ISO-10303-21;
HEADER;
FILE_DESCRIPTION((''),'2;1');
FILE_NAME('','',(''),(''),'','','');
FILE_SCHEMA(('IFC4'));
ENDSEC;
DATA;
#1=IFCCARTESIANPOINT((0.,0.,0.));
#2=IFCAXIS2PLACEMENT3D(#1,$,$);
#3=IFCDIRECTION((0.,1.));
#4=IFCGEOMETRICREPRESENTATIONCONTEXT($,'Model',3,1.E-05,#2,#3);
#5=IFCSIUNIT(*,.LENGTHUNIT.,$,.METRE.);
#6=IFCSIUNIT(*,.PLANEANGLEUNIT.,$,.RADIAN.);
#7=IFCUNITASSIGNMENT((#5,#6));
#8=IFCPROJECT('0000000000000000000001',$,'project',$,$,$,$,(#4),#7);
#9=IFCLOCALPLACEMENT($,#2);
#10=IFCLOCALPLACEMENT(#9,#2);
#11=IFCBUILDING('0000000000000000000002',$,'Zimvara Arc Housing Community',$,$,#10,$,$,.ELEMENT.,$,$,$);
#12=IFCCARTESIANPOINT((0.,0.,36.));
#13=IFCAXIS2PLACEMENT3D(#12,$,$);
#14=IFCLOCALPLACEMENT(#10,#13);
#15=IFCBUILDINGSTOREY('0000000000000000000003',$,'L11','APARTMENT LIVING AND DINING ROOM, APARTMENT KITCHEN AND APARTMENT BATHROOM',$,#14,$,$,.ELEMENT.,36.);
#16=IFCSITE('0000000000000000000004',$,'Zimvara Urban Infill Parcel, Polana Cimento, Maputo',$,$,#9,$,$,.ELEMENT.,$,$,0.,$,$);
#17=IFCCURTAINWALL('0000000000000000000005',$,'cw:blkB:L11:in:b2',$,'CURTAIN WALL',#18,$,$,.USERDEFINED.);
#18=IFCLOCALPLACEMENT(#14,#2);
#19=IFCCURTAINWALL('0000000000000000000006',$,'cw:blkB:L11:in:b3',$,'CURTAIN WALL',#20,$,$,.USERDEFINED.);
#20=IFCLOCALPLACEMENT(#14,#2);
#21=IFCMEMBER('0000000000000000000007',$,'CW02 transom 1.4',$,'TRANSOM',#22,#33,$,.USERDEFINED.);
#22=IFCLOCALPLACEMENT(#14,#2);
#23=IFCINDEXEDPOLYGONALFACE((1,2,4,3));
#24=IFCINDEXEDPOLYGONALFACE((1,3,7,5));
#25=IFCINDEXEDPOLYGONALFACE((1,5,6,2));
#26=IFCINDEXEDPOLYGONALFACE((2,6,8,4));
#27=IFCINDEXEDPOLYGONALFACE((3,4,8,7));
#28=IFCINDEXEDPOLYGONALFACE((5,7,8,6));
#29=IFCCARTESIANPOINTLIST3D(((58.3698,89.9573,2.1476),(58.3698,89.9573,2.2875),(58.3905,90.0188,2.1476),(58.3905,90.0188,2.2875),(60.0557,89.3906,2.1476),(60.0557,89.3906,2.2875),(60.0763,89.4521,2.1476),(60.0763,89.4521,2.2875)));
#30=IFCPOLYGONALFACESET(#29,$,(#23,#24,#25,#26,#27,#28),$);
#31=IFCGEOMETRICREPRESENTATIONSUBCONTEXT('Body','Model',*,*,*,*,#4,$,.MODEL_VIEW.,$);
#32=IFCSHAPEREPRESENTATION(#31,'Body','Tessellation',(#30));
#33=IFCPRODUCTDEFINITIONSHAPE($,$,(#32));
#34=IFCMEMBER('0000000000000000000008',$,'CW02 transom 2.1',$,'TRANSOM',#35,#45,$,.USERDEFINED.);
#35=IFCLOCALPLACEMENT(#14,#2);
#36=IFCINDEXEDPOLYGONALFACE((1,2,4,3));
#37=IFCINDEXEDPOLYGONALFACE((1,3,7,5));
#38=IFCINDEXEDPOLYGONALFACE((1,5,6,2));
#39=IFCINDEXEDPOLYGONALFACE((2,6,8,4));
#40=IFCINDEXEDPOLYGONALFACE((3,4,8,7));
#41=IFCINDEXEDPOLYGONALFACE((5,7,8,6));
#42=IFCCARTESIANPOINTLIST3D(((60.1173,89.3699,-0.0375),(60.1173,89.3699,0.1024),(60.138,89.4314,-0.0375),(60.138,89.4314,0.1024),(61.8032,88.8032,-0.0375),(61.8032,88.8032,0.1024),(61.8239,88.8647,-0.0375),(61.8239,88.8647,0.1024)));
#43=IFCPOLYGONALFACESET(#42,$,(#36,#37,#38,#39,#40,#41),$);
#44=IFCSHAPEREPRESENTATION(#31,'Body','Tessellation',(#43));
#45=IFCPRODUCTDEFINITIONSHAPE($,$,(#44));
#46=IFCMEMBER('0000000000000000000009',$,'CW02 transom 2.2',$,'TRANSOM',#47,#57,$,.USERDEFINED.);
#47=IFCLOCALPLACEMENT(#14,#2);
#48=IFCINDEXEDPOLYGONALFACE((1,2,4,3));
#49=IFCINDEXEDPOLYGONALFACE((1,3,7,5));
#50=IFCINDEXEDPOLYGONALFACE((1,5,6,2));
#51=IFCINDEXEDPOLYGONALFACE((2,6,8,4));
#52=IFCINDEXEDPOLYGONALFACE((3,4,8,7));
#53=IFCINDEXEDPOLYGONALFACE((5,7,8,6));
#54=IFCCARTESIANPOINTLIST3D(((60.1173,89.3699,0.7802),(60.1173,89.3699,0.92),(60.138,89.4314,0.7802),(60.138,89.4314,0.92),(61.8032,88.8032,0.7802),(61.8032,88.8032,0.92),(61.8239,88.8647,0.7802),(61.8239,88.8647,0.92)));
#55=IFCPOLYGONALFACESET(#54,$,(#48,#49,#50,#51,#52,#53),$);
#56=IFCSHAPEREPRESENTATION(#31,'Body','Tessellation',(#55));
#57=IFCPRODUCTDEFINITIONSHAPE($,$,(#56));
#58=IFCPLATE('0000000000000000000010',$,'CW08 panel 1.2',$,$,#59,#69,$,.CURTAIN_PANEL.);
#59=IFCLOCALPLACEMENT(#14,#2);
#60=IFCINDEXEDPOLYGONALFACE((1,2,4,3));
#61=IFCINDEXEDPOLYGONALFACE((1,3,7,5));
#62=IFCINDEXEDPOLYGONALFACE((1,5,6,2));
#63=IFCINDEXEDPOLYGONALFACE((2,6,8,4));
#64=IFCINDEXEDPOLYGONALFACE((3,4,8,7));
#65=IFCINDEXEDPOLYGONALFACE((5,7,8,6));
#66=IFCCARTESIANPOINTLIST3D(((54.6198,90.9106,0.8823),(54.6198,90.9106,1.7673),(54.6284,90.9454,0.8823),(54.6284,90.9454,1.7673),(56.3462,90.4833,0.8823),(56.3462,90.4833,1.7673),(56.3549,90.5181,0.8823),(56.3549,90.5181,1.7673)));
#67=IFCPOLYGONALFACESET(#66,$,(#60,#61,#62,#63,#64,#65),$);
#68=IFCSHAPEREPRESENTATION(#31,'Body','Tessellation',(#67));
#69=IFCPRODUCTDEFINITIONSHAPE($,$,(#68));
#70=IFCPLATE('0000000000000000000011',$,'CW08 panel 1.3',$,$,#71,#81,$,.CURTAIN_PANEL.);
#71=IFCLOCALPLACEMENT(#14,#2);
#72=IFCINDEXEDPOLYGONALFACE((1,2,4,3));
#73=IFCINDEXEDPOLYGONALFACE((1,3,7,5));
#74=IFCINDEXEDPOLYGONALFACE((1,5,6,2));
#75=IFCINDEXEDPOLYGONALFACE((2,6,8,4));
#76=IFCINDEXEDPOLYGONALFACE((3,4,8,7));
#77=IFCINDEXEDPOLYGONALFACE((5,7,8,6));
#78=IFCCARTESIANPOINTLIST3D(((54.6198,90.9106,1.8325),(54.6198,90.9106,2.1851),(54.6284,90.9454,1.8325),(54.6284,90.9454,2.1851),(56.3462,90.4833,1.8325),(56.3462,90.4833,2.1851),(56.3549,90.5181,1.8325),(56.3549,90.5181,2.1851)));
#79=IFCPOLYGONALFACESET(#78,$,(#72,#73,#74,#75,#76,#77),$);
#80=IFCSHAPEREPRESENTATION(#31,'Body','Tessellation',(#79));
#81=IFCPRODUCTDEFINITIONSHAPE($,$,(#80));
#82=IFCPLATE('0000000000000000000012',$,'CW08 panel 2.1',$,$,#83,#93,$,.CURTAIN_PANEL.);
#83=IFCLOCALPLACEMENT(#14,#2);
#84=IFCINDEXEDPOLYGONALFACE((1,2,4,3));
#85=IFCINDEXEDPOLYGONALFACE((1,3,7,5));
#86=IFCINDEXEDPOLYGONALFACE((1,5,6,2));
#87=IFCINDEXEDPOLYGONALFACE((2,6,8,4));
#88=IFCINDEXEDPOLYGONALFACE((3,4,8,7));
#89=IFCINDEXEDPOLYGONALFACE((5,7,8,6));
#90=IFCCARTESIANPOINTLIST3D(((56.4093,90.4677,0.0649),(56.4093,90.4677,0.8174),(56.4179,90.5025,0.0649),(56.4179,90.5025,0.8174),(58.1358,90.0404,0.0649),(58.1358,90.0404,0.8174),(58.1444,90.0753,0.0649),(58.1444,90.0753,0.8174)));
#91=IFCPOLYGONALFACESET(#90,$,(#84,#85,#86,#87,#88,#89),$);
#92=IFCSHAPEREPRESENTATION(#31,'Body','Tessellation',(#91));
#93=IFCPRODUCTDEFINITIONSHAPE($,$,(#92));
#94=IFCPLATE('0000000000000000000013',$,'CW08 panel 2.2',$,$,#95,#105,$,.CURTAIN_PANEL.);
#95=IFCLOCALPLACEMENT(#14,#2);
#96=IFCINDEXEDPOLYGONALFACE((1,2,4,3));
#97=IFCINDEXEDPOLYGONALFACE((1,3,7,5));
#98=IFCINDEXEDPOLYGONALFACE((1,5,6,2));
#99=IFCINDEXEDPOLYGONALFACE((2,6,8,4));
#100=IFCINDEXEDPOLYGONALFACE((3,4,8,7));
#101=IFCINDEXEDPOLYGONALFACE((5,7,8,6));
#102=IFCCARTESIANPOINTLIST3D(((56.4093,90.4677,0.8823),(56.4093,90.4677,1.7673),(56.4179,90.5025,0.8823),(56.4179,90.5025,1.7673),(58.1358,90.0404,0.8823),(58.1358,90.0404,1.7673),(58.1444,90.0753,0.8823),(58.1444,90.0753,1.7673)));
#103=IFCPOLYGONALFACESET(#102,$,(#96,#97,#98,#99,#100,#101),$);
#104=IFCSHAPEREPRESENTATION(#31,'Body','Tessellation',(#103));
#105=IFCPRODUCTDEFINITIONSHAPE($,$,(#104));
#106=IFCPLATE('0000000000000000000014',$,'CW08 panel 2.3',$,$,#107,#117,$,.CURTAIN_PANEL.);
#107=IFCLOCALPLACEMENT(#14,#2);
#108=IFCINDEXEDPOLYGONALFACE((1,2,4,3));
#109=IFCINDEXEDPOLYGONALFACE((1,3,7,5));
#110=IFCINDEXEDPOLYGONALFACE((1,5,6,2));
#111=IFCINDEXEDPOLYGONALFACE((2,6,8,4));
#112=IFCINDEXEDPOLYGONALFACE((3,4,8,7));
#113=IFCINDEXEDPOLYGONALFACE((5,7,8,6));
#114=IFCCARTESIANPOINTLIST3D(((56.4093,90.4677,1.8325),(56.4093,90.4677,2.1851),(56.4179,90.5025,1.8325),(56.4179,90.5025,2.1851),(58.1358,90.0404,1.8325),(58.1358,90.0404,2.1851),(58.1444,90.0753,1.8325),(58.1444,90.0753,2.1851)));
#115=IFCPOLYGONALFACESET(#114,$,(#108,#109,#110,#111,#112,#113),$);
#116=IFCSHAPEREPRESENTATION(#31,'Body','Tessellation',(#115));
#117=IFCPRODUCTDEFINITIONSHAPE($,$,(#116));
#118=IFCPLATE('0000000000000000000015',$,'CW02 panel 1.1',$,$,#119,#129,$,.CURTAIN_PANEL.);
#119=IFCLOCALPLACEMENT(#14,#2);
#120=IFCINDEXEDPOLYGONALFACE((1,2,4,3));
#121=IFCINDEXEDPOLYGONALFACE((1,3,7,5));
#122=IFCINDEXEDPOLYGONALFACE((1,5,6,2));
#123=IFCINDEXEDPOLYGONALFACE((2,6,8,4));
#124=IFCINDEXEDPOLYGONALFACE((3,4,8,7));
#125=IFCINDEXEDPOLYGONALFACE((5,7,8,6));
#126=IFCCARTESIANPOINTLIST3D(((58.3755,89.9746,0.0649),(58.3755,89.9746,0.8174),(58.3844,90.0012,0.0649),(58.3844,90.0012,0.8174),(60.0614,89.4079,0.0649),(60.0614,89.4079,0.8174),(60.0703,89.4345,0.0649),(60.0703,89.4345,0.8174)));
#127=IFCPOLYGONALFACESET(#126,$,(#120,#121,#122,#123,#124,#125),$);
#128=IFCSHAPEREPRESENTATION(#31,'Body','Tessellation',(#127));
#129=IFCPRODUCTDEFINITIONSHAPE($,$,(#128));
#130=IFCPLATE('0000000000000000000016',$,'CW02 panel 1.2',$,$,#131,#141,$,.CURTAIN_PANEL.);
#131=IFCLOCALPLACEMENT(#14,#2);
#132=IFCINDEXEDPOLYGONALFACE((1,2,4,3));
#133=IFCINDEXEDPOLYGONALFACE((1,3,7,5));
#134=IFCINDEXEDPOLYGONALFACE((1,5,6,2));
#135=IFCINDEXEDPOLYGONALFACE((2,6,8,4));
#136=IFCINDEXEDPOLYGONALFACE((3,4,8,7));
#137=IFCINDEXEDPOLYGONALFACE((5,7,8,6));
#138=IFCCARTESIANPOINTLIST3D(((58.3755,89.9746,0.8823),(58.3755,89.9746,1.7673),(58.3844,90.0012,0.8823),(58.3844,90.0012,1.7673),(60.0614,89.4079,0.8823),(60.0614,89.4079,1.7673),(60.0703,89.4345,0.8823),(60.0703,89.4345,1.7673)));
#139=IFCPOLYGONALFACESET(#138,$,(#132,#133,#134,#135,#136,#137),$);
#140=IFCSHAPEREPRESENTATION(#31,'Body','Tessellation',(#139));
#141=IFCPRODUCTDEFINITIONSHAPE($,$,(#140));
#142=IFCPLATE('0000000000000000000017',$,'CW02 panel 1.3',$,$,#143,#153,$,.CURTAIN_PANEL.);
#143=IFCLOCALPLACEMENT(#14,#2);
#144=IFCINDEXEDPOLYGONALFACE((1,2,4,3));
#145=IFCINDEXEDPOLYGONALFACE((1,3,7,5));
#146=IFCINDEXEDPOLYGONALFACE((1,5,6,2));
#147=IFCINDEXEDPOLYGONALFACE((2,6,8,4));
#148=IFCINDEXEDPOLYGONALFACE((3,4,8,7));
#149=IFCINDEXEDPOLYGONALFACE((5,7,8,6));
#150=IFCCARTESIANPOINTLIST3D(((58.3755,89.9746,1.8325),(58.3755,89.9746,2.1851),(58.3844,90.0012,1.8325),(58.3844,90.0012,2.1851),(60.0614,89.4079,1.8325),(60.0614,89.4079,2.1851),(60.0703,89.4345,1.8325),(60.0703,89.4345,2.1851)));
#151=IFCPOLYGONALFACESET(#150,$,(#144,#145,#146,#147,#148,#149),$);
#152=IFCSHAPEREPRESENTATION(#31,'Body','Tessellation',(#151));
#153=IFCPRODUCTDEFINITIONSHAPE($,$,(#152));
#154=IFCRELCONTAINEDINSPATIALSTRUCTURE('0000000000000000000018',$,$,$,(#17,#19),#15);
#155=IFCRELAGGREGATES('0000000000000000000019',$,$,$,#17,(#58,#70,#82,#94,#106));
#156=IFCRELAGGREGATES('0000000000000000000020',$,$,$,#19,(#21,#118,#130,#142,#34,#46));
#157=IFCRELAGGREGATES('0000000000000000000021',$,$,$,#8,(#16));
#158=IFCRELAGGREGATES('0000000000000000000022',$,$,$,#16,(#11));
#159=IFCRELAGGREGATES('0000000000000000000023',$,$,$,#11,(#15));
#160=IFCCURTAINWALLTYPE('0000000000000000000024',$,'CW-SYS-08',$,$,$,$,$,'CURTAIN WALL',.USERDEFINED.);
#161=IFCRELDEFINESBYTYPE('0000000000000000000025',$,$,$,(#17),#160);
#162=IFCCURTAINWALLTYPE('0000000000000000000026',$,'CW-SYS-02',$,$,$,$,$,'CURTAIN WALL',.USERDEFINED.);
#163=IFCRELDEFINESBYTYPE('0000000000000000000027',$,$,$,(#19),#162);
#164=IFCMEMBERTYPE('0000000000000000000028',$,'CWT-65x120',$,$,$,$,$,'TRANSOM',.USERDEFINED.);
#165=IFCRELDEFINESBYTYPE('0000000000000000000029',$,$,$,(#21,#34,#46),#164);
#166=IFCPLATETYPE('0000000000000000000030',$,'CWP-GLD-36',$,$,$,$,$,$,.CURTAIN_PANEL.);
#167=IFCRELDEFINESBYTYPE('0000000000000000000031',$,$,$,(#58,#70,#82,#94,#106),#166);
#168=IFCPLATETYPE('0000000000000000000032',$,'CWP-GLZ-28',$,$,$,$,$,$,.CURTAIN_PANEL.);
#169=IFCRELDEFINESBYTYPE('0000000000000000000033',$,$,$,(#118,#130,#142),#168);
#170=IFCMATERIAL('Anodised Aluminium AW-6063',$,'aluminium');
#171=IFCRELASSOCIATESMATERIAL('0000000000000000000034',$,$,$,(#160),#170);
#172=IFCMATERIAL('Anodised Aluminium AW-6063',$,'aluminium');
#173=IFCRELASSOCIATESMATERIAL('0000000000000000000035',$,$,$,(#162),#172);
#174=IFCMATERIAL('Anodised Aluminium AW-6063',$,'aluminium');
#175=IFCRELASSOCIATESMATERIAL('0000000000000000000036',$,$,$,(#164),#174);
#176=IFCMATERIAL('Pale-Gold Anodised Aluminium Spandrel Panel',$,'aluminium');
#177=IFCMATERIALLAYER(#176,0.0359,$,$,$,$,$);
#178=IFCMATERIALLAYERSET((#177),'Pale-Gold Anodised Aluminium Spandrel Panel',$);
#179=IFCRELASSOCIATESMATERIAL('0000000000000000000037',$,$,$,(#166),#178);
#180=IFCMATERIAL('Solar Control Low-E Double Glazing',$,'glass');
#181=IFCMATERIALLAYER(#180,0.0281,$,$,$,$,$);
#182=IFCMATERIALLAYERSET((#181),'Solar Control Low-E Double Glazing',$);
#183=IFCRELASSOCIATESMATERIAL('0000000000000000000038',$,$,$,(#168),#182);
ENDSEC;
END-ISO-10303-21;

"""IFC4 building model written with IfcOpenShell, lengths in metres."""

from ifc_helpers import new_model, si_unit, direction, frame, origin, origin_2d, place, context, subcontext, project, spatial, rectangle, extrude, material, layer, layer_set, material_profile, profile_set, type_object, element, aggregate, save


model = new_model("IFC4")

# Units and contexts
model_context = context("Model", 3, precision=1e-05, world=origin(), true_north=direction((0.0, 1.0)))
body_context = subcontext(model_context, "Body", "Model", "MODEL_VIEW")
ifc_project = project(units=[si_unit("LENGTHUNIT", "METRE"), si_unit("PLANEANGLEUNIT", "RADIAN")], contexts=[model_context])

# Site, building, storey
site_placement = place(None, origin())
site = spatial("IfcSite", under=ifc_project, at=site_placement, Name="Zimvara Urban Infill Parcel, Polana Cimento, Maputo", CompositionType="ELEMENT", RefElevation=0.0)
building_placement = place(site_placement, origin())
building = spatial("IfcBuilding", under=site, at=building_placement, Name="Zimvara Arc Housing Community", CompositionType="ELEMENT")
storey_placement = place(building_placement, frame((0.0, 0.0, 36.0)))
storey = spatial("IfcBuildingStorey", under=building, at=storey_placement, Name="L11", Description="APARTMENT LIVING AND DINING ROOM, APARTMENT KITCHEN AND APARTMENT BATHROOM", CompositionType="ELEMENT", Elevation=36.0)

# Curtain walls
ifc_material_1 = material(Name="Anodised Aluminium AW-6063", Category="aluminium")
curtain_wall_type_1 = type_object("IfcCurtainWallType", Name="CW-SYS-08", ElementType="CURTAIN WALL", PredefinedType="USERDEFINED", material=ifc_material_1)
curtain_wall_1_placement = place(storey_placement, origin())
curtain_wall_1 = element("IfcCurtainWall", 1, at=curtain_wall_1_placement, inside=storey, type_object=curtain_wall_type_1, Name="cw:blkB:L11:in:b2", ObjectType="CURTAIN WALL", PredefinedType="USERDEFINED")
ifc_material_2 = material(Name="Anodised Aluminium AW-6063", Category="aluminium")
curtain_wall_type_2 = type_object("IfcCurtainWallType", Name="CW-SYS-02", ElementType="CURTAIN WALL", PredefinedType="USERDEFINED", material=ifc_material_2)
curtain_wall_2_placement = place(storey_placement, origin())
curtain_wall_2 = element("IfcCurtainWall", 2, at=curtain_wall_2_placement, inside=storey, type_object=curtain_wall_type_2, Name="cw:blkB:L11:in:b3", ObjectType="CURTAIN WALL", PredefinedType="USERDEFINED")

# Members
ifc_material_3 = material(Name="Anodised Aluminium AW-6063", Category="aluminium")
ifc_material_profile_1 = material_profile(ifc_material_3, rectangle(XDim=0.0649, YDim=0.1399, at=origin_2d()), Name="ALU 65x140")
ifc_profile_set_1 = profile_set([ifc_material_profile_1], Name="Anodised Aluminium AW-6063")
member_type_1 = type_object("IfcMemberType", Name="CWT-65x120", ElementType="TRANSOM", PredefinedType="USERDEFINED", material=ifc_profile_set_1)
member_1_placement = place(storey_placement, frame((58.3801, 89.988, 2.2175), z_axis=(0.947884, -0.318615, 0.0), x_axis=(0.318615, 0.947884, 0.0)))
member_1 = element("IfcMember", 3, at=member_1_placement, type_object=member_type_1, Name="CW02 transom 1.4", ObjectType="TRANSOM", PredefinedType="USERDEFINED", context=body_context, shape_type="SweptSolid", body=[
    extrude(rectangle(XDim=0.0649, YDim=0.1399, at=origin_2d()), origin(), (0.0, 0.0, 1.0), 1.7786),
])
member_2_placement = place(storey_placement, frame((60.1277, 89.4006, 0.0325), z_axis=(0.947884, -0.318615, 0.0), x_axis=(0.318615, 0.947884, 0.0)))
member_2 = element("IfcMember", 4, at=member_2_placement, type_object=member_type_1, Name="CW02 transom 2.1", ObjectType="TRANSOM", PredefinedType="USERDEFINED", context=body_context, shape_type="SweptSolid", body=[
    extrude(rectangle(XDim=0.0649, YDim=0.1399, at=origin_2d()), origin(), (0.0, 0.0, 1.0), 1.7786),
])
member_3_placement = place(storey_placement, frame((60.1277, 89.4006, 0.8501), z_axis=(0.947884, -0.318615, 0.0), x_axis=(0.318615, 0.947884, 0.0)))
member_3 = element("IfcMember", 5, at=member_3_placement, type_object=member_type_1, Name="CW02 transom 2.2", ObjectType="TRANSOM", PredefinedType="USERDEFINED", context=body_context, shape_type="SweptSolid", body=[
    extrude(rectangle(XDim=0.0649, YDim=0.1399, at=origin_2d()), origin(), (0.0, 0.0, 1.0), 1.7786),
])

# Plates
ifc_material_4 = material(Name="Pale-Gold Anodised Aluminium Spandrel Panel", Category="aluminium")
ifc_layer_1 = layer(ifc_material_4, 0.0359)
ifc_layer_set_1 = layer_set([ifc_layer_1], Name="Pale-Gold Anodised Aluminium Spandrel Panel")
plate_type_1 = type_object("IfcPlateType", Name="CWP-GLD-36", PredefinedType="CURTAIN_PANEL", material=ifc_layer_set_1)
plate_1_placement = place(storey_placement, frame((55.4873, 90.7144, 0.8823), z_axis=(0.0, 0.0, 1.0), x_axis=(0.970716, -0.240229, 0.0)))
plate_1 = element("IfcPlate", 6, at=plate_1_placement, type_object=plate_type_1, Name="CW08 panel 1.2", PredefinedType="CURTAIN_PANEL", context=body_context, shape_type="SweptSolid", body=[
    extrude(rectangle(XDim=1.7786, YDim=0.0359, at=origin_2d()), origin(), (0.0, 0.0, 1.0), 0.885),
])
plate_2_placement = place(storey_placement, frame((55.4873, 90.7144, 1.8325), z_axis=(0.0, 0.0, 1.0), x_axis=(0.970716, -0.240229, 0.0)))
plate_2 = element("IfcPlate", 7, at=plate_2_placement, type_object=plate_type_1, Name="CW08 panel 1.3", PredefinedType="CURTAIN_PANEL", context=body_context, shape_type="SweptSolid", body=[
    extrude(rectangle(XDim=1.7786, YDim=0.0359, at=origin_2d()), origin(), (0.0, 0.0, 1.0), 0.3525),
])
plate_3_placement = place(storey_placement, frame((57.2769, 90.2715, 0.0649), z_axis=(0.0, 0.0, 1.0), x_axis=(0.970716, -0.240229, 0.0)))
plate_3 = element("IfcPlate", 8, at=plate_3_placement, type_object=plate_type_1, Name="CW08 panel 2.1", PredefinedType="CURTAIN_PANEL", context=body_context, shape_type="SweptSolid", body=[
    extrude(rectangle(XDim=1.7786, YDim=0.0359, at=origin_2d()), origin(), (0.0, 0.0, 1.0), 0.7524),
])
plate_4_placement = place(storey_placement, frame((57.2769, 90.2715, 0.8823), z_axis=(0.0, 0.0, 1.0), x_axis=(0.970716, -0.240229, 0.0)))
plate_4 = element("IfcPlate", 9, at=plate_4_placement, type_object=plate_type_1, Name="CW08 panel 2.2", PredefinedType="CURTAIN_PANEL", context=body_context, shape_type="SweptSolid", body=[
    extrude(rectangle(XDim=1.7786, YDim=0.0359, at=origin_2d()), origin(), (0.0, 0.0, 1.0), 0.885),
])
plate_5_placement = place(storey_placement, frame((57.2769, 90.2715, 1.8325), z_axis=(0.0, 0.0, 1.0), x_axis=(0.970716, -0.240229, 0.0)))
plate_5 = element("IfcPlate", 10, at=plate_5_placement, type_object=plate_type_1, Name="CW08 panel 2.3", PredefinedType="CURTAIN_PANEL", context=body_context, shape_type="SweptSolid", body=[
    extrude(rectangle(XDim=1.7786, YDim=0.0359, at=origin_2d()), origin(), (0.0, 0.0, 1.0), 0.3525),
])
aggregate(curtain_wall_1, [plate_1, plate_2, plate_3, plate_4, plate_5])
ifc_material_5 = material(Name="Solar Control Low-E Double Glazing", Category="glass")
ifc_layer_2 = layer(ifc_material_5, 0.0281)
ifc_layer_set_2 = layer_set([ifc_layer_2], Name="Solar Control Low-E Double Glazing")
plate_type_2 = type_object("IfcPlateType", Name="CWP-GLZ-28", PredefinedType="CURTAIN_PANEL", material=ifc_layer_set_2)
plate_6_placement = place(storey_placement, frame((59.2229, 89.7046, 0.0649), z_axis=(0.0, 0.0, 1.0), x_axis=(0.94788, -0.318627, 0.0)))
plate_6 = element("IfcPlate", 11, at=plate_6_placement, type_object=plate_type_2, Name="CW02 panel 1.1", PredefinedType="CURTAIN_PANEL", context=body_context, shape_type="SweptSolid", body=[
    extrude(rectangle(XDim=1.7786, YDim=0.0281, at=origin_2d()), origin(), (0.0, 0.0, 1.0), 0.7524),
])
plate_7_placement = place(storey_placement, frame((59.2229, 89.7046, 0.8823), z_axis=(0.0, 0.0, 1.0), x_axis=(0.94788, -0.318627, 0.0)))
plate_7 = element("IfcPlate", 12, at=plate_7_placement, type_object=plate_type_2, Name="CW02 panel 1.2", PredefinedType="CURTAIN_PANEL", context=body_context, shape_type="SweptSolid", body=[
    extrude(rectangle(XDim=1.7786, YDim=0.0281, at=origin_2d()), origin(), (0.0, 0.0, 1.0), 0.885),
])
plate_8_placement = place(storey_placement, frame((59.2229, 89.7046, 1.8325), z_axis=(0.0, 0.0, 1.0), x_axis=(0.94788, -0.318627, 0.0)))
plate_8 = element("IfcPlate", 13, at=plate_8_placement, type_object=plate_type_2, Name="CW02 panel 1.3", PredefinedType="CURTAIN_PANEL", context=body_context, shape_type="SweptSolid", body=[
    extrude(rectangle(XDim=1.7786, YDim=0.0281, at=origin_2d()), origin(), (0.0, 0.0, 1.0), 0.3525),
])
aggregate(curtain_wall_2, [member_1, plate_6, plate_7, plate_8, member_2, member_3])

save(model, "model.ifc")
